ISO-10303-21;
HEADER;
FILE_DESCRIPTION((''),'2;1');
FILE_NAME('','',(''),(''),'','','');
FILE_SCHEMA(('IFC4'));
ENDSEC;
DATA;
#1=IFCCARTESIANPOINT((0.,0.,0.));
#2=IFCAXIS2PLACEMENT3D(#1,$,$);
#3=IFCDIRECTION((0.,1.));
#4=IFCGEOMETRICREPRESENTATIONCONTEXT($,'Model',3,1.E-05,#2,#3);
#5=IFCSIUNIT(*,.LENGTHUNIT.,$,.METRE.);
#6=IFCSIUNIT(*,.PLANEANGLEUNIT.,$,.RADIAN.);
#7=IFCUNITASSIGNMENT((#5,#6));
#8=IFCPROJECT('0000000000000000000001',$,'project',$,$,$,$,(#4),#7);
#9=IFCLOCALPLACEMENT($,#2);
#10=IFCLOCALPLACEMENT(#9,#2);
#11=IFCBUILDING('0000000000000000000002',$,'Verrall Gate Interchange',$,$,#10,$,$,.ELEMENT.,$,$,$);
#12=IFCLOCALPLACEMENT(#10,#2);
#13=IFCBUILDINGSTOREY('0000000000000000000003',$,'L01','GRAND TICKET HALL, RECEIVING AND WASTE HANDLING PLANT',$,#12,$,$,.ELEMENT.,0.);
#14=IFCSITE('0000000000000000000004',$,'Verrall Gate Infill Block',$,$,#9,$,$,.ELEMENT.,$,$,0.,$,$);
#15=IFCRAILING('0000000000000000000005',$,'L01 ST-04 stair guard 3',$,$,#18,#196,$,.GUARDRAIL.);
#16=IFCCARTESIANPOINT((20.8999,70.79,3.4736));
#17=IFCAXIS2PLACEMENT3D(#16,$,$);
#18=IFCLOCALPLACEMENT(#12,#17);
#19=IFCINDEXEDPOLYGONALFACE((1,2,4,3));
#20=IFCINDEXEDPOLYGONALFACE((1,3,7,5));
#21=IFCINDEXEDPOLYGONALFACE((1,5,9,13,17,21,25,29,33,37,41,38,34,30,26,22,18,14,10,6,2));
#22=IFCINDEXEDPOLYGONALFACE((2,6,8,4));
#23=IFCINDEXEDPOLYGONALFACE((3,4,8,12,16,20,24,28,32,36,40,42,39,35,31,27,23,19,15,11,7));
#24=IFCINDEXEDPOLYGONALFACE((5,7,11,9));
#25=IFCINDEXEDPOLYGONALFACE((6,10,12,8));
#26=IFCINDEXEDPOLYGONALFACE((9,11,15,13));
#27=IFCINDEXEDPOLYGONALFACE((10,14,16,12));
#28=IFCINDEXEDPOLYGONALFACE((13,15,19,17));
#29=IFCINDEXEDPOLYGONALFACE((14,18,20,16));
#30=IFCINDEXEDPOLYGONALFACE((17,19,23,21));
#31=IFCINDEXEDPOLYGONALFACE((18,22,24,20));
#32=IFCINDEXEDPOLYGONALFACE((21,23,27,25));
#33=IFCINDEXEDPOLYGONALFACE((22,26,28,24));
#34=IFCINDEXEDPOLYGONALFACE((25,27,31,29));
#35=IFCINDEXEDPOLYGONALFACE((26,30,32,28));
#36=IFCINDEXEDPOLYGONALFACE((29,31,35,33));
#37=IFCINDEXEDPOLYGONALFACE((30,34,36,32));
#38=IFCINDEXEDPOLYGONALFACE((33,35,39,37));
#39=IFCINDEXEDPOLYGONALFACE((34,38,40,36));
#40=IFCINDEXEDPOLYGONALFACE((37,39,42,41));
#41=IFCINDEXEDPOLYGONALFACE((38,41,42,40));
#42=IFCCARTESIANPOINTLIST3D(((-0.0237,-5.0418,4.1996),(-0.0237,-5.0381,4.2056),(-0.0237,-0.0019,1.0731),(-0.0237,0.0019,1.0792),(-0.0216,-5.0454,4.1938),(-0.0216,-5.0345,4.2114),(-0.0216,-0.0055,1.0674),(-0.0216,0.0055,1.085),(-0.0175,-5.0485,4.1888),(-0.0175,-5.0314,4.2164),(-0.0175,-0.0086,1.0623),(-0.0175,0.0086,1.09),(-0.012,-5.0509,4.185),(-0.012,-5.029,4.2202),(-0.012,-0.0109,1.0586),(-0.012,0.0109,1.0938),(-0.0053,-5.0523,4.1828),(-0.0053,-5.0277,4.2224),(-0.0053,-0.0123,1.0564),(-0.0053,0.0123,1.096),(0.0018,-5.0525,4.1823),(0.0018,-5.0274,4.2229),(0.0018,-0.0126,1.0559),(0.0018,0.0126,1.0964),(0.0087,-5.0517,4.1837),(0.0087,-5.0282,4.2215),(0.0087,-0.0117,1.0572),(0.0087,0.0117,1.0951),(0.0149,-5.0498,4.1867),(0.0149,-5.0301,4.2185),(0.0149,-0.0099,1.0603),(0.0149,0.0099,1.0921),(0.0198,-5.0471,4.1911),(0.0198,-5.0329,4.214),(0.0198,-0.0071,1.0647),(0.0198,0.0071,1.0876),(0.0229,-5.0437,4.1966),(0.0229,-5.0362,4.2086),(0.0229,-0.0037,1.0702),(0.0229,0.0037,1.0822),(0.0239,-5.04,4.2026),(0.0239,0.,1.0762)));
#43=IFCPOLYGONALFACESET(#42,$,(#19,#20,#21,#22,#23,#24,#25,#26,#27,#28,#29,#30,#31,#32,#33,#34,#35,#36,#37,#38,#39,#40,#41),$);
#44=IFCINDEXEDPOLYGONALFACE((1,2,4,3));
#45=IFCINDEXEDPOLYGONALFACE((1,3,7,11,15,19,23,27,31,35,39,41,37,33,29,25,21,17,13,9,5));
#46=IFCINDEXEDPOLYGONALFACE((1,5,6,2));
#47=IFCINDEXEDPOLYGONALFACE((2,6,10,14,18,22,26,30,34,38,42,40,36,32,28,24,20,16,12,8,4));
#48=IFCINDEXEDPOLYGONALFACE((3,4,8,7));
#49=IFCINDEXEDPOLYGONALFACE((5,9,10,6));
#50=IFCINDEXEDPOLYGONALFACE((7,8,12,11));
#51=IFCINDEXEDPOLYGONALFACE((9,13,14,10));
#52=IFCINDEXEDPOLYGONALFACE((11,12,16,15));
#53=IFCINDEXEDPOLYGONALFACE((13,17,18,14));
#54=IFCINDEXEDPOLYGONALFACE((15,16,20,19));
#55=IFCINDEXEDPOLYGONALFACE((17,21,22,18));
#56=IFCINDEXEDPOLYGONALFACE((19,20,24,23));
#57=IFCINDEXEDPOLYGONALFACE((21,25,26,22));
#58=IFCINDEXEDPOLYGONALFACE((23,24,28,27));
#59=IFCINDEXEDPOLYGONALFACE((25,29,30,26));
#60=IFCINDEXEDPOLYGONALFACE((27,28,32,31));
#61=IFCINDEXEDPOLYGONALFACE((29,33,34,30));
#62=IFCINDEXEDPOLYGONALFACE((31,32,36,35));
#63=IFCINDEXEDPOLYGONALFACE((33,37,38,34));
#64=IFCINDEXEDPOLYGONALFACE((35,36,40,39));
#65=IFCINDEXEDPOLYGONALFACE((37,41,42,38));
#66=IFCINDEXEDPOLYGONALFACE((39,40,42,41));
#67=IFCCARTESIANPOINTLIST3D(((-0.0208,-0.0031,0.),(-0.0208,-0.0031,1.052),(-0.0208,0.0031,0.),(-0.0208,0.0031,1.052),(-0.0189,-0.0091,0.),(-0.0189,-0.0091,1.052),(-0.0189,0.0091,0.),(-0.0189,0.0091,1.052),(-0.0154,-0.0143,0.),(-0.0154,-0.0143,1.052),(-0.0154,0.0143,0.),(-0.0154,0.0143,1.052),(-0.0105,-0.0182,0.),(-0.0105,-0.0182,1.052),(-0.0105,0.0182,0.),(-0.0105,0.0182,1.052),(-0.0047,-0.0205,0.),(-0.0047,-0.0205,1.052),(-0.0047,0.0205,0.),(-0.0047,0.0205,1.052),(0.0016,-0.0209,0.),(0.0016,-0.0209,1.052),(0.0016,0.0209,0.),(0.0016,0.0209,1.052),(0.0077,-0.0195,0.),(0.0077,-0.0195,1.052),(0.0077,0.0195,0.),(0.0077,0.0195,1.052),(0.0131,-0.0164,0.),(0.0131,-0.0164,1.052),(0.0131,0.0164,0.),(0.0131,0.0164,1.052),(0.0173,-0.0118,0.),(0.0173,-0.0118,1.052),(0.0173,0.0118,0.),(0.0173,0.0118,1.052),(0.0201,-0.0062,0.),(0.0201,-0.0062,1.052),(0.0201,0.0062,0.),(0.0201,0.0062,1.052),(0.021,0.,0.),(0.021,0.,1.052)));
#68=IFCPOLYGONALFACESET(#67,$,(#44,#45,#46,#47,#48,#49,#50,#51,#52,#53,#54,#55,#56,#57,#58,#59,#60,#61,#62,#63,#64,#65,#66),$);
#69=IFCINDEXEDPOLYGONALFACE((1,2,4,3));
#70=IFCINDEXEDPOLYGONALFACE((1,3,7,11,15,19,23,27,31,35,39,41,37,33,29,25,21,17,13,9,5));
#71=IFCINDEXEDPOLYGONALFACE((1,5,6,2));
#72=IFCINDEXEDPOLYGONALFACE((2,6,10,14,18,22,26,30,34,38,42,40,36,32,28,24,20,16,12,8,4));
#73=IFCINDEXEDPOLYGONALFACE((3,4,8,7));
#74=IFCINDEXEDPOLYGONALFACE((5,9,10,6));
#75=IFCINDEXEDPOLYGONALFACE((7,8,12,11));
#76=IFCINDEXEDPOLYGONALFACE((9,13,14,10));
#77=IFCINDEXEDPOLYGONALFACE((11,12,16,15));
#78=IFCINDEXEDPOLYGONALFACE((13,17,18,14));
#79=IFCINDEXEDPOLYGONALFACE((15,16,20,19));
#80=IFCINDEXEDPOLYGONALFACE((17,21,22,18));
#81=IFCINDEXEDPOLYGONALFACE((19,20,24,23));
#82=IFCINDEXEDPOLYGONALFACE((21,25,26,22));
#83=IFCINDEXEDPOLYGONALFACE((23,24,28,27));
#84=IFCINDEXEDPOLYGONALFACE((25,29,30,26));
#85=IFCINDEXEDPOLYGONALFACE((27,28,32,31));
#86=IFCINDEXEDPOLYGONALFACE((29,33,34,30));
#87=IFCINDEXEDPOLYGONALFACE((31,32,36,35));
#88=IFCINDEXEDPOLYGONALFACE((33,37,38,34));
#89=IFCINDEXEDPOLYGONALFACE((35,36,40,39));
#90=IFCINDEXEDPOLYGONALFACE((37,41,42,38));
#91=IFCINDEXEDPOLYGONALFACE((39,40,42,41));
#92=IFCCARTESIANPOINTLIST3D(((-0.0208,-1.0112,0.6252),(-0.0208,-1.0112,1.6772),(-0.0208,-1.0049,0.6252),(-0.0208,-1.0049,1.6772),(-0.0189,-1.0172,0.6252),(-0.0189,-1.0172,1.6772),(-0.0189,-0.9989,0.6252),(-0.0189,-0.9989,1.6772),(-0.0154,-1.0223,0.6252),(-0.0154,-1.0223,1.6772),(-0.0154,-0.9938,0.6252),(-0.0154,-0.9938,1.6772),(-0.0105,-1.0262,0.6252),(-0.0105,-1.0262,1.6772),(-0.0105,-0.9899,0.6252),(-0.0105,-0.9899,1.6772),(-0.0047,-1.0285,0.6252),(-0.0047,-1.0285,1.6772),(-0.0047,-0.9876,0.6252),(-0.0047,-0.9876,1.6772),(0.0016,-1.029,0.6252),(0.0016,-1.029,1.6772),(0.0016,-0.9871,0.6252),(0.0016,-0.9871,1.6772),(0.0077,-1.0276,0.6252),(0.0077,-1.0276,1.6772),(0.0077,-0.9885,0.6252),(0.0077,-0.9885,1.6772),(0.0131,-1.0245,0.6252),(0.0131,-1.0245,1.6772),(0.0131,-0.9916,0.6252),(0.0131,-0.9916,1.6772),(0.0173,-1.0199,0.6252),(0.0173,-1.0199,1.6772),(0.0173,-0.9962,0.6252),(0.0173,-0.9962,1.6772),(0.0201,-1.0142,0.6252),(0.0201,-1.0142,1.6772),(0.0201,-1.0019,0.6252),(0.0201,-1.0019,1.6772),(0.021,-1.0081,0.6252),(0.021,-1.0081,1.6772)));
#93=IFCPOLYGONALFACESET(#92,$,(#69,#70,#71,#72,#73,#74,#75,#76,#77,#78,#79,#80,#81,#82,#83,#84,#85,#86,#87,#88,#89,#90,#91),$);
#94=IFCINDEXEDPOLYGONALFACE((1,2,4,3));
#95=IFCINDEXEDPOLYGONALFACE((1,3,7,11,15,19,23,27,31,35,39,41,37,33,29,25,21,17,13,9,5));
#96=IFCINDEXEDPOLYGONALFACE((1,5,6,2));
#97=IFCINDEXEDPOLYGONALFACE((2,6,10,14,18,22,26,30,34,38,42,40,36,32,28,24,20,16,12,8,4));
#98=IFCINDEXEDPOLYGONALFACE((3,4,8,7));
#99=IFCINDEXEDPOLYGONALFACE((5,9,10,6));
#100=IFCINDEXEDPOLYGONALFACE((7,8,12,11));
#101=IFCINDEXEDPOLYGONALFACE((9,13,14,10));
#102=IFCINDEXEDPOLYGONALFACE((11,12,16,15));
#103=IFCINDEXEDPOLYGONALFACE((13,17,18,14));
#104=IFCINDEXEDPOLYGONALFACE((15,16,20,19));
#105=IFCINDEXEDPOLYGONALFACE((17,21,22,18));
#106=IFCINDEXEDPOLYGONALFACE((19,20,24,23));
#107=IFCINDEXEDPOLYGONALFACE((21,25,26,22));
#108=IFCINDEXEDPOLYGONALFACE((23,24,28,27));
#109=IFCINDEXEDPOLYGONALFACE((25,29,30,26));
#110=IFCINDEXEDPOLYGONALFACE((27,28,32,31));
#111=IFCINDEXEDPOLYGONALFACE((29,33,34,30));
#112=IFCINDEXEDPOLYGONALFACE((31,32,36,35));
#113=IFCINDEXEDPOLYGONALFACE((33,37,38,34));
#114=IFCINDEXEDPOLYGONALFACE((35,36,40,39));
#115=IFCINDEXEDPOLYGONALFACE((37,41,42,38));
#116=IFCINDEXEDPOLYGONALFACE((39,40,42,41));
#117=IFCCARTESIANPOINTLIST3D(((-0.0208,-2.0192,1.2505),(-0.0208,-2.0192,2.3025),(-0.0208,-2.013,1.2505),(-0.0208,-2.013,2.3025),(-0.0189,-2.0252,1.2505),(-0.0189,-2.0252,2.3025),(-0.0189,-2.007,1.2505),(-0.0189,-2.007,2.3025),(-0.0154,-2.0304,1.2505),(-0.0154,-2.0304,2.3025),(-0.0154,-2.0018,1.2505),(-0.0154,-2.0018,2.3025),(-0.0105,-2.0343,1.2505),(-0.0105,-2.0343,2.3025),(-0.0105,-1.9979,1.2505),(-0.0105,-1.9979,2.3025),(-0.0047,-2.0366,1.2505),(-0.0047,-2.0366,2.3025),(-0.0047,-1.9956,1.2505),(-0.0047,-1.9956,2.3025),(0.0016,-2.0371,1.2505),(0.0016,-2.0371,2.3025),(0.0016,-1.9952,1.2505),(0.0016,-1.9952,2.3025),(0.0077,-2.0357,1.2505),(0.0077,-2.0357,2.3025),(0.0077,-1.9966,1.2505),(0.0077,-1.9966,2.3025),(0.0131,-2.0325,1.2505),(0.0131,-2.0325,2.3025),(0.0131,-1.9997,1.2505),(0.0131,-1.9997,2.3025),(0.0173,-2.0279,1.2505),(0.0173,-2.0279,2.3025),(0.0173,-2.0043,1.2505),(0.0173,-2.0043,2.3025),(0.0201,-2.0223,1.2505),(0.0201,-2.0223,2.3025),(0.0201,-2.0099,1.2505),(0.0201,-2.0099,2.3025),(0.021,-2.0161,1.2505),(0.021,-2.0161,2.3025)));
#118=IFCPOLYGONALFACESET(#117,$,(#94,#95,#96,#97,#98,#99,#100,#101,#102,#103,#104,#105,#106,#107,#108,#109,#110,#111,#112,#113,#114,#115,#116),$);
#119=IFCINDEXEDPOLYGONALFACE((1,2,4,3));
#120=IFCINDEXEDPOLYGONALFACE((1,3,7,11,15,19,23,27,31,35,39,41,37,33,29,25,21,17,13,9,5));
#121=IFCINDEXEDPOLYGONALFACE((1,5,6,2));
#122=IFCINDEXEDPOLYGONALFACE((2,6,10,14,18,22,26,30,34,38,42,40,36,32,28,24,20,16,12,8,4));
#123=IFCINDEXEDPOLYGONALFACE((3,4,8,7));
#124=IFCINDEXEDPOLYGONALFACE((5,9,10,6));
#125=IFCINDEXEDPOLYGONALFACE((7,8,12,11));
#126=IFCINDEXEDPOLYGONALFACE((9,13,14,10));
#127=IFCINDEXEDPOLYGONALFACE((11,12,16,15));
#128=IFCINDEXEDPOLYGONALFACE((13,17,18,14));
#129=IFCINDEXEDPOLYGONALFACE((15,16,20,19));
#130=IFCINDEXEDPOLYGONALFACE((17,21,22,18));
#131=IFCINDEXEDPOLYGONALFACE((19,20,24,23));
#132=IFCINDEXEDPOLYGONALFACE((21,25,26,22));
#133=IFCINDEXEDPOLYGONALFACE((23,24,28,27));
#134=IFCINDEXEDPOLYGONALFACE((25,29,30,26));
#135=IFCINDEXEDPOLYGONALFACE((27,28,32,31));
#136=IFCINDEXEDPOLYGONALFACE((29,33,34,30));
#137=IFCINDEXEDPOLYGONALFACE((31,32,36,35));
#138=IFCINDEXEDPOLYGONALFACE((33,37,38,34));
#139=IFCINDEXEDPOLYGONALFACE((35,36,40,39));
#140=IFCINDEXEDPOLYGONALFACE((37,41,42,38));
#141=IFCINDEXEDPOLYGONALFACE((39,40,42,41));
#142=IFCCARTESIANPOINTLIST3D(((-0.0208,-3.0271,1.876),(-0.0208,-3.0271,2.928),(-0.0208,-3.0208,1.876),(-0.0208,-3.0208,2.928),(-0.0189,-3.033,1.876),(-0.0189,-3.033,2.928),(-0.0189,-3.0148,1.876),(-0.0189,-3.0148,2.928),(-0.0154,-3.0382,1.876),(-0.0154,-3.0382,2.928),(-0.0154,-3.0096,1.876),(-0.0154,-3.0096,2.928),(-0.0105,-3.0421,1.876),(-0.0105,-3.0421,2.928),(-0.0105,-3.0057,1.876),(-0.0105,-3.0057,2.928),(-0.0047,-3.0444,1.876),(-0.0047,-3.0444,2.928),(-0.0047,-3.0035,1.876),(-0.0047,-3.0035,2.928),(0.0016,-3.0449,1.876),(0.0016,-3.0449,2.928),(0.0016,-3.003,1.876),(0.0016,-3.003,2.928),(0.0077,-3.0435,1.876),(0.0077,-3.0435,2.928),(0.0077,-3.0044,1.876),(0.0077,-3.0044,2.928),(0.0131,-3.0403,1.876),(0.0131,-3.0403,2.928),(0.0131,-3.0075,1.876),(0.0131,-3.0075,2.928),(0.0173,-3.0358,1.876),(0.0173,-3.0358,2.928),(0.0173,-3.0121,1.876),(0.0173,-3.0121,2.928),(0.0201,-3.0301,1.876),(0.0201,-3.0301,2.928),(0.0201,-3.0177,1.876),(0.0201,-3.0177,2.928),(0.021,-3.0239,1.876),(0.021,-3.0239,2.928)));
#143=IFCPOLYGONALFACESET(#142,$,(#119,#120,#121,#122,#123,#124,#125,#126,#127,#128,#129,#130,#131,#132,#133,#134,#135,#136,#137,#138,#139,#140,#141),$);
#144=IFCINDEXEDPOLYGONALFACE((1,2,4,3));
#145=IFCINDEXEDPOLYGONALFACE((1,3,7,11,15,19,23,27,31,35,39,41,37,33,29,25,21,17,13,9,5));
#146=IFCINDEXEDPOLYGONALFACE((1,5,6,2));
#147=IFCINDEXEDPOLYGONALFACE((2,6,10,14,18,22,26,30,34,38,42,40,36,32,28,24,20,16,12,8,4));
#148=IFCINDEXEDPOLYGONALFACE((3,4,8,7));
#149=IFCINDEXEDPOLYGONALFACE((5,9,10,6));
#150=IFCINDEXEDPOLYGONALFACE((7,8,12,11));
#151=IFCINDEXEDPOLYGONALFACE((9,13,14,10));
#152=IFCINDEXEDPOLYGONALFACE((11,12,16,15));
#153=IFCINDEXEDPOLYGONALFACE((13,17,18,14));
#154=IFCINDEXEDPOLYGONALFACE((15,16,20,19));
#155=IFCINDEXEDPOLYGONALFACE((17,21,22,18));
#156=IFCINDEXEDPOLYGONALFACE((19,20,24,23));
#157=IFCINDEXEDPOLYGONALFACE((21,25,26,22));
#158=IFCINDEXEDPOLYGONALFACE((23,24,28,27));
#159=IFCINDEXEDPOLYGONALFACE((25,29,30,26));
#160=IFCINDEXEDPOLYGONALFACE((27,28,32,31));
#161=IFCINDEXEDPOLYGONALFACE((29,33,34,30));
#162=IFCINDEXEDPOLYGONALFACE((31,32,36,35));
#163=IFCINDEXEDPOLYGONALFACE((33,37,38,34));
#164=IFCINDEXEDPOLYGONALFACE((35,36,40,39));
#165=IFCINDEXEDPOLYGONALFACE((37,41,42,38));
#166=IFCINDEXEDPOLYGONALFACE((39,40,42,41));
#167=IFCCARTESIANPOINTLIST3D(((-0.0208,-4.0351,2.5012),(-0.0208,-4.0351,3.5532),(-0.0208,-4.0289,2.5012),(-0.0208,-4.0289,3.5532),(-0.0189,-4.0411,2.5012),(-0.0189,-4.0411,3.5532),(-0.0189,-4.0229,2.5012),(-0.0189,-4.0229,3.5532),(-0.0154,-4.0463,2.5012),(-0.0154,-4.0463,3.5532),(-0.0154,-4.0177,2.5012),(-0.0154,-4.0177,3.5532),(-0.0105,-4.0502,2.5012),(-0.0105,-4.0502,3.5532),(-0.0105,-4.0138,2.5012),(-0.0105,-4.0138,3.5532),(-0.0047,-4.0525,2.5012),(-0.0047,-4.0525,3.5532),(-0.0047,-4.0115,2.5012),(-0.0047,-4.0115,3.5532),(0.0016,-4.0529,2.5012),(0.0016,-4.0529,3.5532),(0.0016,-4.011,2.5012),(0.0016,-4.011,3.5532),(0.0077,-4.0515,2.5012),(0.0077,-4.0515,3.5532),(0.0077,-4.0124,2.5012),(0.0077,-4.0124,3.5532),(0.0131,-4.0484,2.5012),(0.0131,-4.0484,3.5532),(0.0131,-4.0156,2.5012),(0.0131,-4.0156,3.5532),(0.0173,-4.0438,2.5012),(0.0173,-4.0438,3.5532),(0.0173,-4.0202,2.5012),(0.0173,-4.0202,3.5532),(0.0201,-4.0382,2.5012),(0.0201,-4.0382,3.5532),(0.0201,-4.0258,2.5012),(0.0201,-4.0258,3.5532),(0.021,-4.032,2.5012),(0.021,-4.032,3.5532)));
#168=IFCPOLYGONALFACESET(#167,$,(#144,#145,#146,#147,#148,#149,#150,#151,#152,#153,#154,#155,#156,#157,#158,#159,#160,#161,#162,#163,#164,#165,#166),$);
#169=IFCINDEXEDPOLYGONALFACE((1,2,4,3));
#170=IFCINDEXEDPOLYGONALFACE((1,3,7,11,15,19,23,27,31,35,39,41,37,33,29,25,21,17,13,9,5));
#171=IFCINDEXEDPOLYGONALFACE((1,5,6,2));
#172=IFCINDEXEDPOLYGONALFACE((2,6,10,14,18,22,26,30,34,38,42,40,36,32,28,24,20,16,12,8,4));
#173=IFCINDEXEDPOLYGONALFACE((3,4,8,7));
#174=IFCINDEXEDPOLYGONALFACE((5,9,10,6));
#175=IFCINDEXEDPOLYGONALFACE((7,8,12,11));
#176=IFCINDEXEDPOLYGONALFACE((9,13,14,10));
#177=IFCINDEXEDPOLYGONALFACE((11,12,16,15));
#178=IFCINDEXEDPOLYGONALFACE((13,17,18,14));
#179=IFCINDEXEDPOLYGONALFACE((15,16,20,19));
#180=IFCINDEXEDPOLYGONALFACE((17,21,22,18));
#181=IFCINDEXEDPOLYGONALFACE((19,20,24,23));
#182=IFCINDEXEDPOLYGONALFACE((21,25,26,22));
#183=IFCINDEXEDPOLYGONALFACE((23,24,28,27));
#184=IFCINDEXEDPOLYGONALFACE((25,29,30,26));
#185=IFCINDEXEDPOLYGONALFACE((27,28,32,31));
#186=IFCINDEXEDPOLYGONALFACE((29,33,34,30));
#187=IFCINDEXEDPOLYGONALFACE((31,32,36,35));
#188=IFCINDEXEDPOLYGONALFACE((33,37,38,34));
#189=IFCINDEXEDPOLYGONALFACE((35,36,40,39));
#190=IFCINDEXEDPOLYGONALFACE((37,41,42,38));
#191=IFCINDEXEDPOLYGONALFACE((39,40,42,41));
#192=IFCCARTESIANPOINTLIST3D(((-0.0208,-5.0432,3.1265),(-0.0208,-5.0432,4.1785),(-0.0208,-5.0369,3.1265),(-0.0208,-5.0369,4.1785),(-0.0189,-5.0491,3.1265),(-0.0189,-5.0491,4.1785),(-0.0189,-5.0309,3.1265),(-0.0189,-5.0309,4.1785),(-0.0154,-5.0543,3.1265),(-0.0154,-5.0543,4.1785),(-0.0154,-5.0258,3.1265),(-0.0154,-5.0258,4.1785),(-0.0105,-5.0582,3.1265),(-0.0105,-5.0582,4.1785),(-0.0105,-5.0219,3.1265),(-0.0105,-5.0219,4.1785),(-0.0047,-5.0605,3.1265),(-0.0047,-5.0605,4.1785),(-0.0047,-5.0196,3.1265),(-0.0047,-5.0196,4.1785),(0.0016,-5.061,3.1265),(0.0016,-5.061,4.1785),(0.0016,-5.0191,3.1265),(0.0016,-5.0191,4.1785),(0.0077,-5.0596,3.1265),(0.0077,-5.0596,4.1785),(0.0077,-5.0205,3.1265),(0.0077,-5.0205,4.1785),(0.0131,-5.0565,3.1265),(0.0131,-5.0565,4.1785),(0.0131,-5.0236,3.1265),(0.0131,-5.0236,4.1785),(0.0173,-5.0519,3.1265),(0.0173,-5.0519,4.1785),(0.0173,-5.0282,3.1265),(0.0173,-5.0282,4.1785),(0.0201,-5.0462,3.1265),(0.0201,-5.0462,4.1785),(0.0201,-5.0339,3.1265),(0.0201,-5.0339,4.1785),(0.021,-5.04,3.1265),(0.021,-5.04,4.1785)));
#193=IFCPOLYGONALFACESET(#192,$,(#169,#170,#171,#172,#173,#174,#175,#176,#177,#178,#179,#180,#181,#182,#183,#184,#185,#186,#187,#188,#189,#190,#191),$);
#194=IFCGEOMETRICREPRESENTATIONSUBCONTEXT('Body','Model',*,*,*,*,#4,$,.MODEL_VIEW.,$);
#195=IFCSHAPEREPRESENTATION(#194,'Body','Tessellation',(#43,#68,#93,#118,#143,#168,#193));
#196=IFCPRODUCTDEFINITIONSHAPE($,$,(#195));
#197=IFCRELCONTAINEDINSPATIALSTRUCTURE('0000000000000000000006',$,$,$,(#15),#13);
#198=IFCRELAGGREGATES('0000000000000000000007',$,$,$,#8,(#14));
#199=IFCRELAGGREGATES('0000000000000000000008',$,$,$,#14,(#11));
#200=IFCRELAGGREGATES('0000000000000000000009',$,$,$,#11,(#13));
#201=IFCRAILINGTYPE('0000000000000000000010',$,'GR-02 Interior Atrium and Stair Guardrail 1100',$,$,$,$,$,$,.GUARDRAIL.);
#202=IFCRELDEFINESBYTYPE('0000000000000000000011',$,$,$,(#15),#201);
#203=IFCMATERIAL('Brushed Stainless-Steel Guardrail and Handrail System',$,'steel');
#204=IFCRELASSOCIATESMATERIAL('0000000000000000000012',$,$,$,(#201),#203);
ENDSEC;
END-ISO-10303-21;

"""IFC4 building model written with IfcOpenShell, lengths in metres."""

from ifc_helpers import new_model, si_unit, direction, frame, origin, origin_2d, place, context, subcontext, project, spatial, circle, extrude, material, type_object, element, save


model = new_model("IFC4")

# Units and contexts
model_context = context("Model", 3, precision=1e-05, world=origin(), true_north=direction((0.0, 1.0)))
body_context = subcontext(model_context, "Body", "Model", "MODEL_VIEW")
ifc_project = project(units=[si_unit("LENGTHUNIT", "METRE"), si_unit("PLANEANGLEUNIT", "RADIAN")], contexts=[model_context])

# Site, building, storey
site_placement = place(None, origin())
site = spatial("IfcSite", under=ifc_project, at=site_placement, Name="Verrall Gate Infill Block", CompositionType="ELEMENT", RefElevation=0.0)
building_placement = place(site_placement, origin())
building = spatial("IfcBuilding", under=site, at=building_placement, Name="Verrall Gate Interchange", CompositionType="ELEMENT")
storey_placement = place(building_placement, origin())
storey = spatial("IfcBuildingStorey", under=building, at=storey_placement, Name="L01", Description="GRAND TICKET HALL, RECEIVING AND WASTE HANDLING PLANT", CompositionType="ELEMENT", Elevation=0.0)

# Railing
ifc_material_1 = material(Name="Brushed Stainless-Steel Guardrail and Handrail System", Category="steel")
railing_type_1 = type_object("IfcRailingType", Name="GR-02 Interior Atrium and Stair Guardrail 1100", PredefinedType="GUARDRAIL", material=ifc_material_1)
railing_1_placement = place(storey_placement, frame((20.8999, 70.79, 3.4736)))
element("IfcRailing", 1, at=railing_1_placement, inside=storey, type_object=railing_type_1, Name="L01 ST-04 stair guard 3", PredefinedType="GUARDRAIL", context=body_context, shape_type="SweptSolid", body=[
    extrude(circle(Radius=0.0239, at=origin_2d()), frame((0.0, 0.0, 1.0762), z_axis=(0.0, -0.849779, 0.527139), x_axis=(1.0, 0.0, 0.0)), (0.0, 0.0, 1.0), 5.9309),
    extrude(circle(Radius=0.021, at=origin_2d()), origin(), (0.0, 0.0, 1.0), 1.052),
    extrude(circle(Radius=0.021, at=origin_2d()), frame((0.0, -1.0081, 0.6252)), (0.0, 0.0, 1.0), 1.052),
    extrude(circle(Radius=0.021, at=origin_2d()), frame((0.0, -2.0161, 1.2505)), (0.0, 0.0, 1.0), 1.052),
    extrude(circle(Radius=0.021, at=origin_2d()), frame((0.0, -3.0239, 1.876)), (0.0, 0.0, 1.0), 1.052),
    extrude(circle(Radius=0.021, at=origin_2d()), frame((0.0, -4.032, 2.5012)), (0.0, 0.0, 1.0), 1.052),
    extrude(circle(Radius=0.021, at=origin_2d()), frame((0.0, -5.04, 3.1265)), (0.0, 0.0, 1.0), 1.052),
])

save(model, "model.ifc")
